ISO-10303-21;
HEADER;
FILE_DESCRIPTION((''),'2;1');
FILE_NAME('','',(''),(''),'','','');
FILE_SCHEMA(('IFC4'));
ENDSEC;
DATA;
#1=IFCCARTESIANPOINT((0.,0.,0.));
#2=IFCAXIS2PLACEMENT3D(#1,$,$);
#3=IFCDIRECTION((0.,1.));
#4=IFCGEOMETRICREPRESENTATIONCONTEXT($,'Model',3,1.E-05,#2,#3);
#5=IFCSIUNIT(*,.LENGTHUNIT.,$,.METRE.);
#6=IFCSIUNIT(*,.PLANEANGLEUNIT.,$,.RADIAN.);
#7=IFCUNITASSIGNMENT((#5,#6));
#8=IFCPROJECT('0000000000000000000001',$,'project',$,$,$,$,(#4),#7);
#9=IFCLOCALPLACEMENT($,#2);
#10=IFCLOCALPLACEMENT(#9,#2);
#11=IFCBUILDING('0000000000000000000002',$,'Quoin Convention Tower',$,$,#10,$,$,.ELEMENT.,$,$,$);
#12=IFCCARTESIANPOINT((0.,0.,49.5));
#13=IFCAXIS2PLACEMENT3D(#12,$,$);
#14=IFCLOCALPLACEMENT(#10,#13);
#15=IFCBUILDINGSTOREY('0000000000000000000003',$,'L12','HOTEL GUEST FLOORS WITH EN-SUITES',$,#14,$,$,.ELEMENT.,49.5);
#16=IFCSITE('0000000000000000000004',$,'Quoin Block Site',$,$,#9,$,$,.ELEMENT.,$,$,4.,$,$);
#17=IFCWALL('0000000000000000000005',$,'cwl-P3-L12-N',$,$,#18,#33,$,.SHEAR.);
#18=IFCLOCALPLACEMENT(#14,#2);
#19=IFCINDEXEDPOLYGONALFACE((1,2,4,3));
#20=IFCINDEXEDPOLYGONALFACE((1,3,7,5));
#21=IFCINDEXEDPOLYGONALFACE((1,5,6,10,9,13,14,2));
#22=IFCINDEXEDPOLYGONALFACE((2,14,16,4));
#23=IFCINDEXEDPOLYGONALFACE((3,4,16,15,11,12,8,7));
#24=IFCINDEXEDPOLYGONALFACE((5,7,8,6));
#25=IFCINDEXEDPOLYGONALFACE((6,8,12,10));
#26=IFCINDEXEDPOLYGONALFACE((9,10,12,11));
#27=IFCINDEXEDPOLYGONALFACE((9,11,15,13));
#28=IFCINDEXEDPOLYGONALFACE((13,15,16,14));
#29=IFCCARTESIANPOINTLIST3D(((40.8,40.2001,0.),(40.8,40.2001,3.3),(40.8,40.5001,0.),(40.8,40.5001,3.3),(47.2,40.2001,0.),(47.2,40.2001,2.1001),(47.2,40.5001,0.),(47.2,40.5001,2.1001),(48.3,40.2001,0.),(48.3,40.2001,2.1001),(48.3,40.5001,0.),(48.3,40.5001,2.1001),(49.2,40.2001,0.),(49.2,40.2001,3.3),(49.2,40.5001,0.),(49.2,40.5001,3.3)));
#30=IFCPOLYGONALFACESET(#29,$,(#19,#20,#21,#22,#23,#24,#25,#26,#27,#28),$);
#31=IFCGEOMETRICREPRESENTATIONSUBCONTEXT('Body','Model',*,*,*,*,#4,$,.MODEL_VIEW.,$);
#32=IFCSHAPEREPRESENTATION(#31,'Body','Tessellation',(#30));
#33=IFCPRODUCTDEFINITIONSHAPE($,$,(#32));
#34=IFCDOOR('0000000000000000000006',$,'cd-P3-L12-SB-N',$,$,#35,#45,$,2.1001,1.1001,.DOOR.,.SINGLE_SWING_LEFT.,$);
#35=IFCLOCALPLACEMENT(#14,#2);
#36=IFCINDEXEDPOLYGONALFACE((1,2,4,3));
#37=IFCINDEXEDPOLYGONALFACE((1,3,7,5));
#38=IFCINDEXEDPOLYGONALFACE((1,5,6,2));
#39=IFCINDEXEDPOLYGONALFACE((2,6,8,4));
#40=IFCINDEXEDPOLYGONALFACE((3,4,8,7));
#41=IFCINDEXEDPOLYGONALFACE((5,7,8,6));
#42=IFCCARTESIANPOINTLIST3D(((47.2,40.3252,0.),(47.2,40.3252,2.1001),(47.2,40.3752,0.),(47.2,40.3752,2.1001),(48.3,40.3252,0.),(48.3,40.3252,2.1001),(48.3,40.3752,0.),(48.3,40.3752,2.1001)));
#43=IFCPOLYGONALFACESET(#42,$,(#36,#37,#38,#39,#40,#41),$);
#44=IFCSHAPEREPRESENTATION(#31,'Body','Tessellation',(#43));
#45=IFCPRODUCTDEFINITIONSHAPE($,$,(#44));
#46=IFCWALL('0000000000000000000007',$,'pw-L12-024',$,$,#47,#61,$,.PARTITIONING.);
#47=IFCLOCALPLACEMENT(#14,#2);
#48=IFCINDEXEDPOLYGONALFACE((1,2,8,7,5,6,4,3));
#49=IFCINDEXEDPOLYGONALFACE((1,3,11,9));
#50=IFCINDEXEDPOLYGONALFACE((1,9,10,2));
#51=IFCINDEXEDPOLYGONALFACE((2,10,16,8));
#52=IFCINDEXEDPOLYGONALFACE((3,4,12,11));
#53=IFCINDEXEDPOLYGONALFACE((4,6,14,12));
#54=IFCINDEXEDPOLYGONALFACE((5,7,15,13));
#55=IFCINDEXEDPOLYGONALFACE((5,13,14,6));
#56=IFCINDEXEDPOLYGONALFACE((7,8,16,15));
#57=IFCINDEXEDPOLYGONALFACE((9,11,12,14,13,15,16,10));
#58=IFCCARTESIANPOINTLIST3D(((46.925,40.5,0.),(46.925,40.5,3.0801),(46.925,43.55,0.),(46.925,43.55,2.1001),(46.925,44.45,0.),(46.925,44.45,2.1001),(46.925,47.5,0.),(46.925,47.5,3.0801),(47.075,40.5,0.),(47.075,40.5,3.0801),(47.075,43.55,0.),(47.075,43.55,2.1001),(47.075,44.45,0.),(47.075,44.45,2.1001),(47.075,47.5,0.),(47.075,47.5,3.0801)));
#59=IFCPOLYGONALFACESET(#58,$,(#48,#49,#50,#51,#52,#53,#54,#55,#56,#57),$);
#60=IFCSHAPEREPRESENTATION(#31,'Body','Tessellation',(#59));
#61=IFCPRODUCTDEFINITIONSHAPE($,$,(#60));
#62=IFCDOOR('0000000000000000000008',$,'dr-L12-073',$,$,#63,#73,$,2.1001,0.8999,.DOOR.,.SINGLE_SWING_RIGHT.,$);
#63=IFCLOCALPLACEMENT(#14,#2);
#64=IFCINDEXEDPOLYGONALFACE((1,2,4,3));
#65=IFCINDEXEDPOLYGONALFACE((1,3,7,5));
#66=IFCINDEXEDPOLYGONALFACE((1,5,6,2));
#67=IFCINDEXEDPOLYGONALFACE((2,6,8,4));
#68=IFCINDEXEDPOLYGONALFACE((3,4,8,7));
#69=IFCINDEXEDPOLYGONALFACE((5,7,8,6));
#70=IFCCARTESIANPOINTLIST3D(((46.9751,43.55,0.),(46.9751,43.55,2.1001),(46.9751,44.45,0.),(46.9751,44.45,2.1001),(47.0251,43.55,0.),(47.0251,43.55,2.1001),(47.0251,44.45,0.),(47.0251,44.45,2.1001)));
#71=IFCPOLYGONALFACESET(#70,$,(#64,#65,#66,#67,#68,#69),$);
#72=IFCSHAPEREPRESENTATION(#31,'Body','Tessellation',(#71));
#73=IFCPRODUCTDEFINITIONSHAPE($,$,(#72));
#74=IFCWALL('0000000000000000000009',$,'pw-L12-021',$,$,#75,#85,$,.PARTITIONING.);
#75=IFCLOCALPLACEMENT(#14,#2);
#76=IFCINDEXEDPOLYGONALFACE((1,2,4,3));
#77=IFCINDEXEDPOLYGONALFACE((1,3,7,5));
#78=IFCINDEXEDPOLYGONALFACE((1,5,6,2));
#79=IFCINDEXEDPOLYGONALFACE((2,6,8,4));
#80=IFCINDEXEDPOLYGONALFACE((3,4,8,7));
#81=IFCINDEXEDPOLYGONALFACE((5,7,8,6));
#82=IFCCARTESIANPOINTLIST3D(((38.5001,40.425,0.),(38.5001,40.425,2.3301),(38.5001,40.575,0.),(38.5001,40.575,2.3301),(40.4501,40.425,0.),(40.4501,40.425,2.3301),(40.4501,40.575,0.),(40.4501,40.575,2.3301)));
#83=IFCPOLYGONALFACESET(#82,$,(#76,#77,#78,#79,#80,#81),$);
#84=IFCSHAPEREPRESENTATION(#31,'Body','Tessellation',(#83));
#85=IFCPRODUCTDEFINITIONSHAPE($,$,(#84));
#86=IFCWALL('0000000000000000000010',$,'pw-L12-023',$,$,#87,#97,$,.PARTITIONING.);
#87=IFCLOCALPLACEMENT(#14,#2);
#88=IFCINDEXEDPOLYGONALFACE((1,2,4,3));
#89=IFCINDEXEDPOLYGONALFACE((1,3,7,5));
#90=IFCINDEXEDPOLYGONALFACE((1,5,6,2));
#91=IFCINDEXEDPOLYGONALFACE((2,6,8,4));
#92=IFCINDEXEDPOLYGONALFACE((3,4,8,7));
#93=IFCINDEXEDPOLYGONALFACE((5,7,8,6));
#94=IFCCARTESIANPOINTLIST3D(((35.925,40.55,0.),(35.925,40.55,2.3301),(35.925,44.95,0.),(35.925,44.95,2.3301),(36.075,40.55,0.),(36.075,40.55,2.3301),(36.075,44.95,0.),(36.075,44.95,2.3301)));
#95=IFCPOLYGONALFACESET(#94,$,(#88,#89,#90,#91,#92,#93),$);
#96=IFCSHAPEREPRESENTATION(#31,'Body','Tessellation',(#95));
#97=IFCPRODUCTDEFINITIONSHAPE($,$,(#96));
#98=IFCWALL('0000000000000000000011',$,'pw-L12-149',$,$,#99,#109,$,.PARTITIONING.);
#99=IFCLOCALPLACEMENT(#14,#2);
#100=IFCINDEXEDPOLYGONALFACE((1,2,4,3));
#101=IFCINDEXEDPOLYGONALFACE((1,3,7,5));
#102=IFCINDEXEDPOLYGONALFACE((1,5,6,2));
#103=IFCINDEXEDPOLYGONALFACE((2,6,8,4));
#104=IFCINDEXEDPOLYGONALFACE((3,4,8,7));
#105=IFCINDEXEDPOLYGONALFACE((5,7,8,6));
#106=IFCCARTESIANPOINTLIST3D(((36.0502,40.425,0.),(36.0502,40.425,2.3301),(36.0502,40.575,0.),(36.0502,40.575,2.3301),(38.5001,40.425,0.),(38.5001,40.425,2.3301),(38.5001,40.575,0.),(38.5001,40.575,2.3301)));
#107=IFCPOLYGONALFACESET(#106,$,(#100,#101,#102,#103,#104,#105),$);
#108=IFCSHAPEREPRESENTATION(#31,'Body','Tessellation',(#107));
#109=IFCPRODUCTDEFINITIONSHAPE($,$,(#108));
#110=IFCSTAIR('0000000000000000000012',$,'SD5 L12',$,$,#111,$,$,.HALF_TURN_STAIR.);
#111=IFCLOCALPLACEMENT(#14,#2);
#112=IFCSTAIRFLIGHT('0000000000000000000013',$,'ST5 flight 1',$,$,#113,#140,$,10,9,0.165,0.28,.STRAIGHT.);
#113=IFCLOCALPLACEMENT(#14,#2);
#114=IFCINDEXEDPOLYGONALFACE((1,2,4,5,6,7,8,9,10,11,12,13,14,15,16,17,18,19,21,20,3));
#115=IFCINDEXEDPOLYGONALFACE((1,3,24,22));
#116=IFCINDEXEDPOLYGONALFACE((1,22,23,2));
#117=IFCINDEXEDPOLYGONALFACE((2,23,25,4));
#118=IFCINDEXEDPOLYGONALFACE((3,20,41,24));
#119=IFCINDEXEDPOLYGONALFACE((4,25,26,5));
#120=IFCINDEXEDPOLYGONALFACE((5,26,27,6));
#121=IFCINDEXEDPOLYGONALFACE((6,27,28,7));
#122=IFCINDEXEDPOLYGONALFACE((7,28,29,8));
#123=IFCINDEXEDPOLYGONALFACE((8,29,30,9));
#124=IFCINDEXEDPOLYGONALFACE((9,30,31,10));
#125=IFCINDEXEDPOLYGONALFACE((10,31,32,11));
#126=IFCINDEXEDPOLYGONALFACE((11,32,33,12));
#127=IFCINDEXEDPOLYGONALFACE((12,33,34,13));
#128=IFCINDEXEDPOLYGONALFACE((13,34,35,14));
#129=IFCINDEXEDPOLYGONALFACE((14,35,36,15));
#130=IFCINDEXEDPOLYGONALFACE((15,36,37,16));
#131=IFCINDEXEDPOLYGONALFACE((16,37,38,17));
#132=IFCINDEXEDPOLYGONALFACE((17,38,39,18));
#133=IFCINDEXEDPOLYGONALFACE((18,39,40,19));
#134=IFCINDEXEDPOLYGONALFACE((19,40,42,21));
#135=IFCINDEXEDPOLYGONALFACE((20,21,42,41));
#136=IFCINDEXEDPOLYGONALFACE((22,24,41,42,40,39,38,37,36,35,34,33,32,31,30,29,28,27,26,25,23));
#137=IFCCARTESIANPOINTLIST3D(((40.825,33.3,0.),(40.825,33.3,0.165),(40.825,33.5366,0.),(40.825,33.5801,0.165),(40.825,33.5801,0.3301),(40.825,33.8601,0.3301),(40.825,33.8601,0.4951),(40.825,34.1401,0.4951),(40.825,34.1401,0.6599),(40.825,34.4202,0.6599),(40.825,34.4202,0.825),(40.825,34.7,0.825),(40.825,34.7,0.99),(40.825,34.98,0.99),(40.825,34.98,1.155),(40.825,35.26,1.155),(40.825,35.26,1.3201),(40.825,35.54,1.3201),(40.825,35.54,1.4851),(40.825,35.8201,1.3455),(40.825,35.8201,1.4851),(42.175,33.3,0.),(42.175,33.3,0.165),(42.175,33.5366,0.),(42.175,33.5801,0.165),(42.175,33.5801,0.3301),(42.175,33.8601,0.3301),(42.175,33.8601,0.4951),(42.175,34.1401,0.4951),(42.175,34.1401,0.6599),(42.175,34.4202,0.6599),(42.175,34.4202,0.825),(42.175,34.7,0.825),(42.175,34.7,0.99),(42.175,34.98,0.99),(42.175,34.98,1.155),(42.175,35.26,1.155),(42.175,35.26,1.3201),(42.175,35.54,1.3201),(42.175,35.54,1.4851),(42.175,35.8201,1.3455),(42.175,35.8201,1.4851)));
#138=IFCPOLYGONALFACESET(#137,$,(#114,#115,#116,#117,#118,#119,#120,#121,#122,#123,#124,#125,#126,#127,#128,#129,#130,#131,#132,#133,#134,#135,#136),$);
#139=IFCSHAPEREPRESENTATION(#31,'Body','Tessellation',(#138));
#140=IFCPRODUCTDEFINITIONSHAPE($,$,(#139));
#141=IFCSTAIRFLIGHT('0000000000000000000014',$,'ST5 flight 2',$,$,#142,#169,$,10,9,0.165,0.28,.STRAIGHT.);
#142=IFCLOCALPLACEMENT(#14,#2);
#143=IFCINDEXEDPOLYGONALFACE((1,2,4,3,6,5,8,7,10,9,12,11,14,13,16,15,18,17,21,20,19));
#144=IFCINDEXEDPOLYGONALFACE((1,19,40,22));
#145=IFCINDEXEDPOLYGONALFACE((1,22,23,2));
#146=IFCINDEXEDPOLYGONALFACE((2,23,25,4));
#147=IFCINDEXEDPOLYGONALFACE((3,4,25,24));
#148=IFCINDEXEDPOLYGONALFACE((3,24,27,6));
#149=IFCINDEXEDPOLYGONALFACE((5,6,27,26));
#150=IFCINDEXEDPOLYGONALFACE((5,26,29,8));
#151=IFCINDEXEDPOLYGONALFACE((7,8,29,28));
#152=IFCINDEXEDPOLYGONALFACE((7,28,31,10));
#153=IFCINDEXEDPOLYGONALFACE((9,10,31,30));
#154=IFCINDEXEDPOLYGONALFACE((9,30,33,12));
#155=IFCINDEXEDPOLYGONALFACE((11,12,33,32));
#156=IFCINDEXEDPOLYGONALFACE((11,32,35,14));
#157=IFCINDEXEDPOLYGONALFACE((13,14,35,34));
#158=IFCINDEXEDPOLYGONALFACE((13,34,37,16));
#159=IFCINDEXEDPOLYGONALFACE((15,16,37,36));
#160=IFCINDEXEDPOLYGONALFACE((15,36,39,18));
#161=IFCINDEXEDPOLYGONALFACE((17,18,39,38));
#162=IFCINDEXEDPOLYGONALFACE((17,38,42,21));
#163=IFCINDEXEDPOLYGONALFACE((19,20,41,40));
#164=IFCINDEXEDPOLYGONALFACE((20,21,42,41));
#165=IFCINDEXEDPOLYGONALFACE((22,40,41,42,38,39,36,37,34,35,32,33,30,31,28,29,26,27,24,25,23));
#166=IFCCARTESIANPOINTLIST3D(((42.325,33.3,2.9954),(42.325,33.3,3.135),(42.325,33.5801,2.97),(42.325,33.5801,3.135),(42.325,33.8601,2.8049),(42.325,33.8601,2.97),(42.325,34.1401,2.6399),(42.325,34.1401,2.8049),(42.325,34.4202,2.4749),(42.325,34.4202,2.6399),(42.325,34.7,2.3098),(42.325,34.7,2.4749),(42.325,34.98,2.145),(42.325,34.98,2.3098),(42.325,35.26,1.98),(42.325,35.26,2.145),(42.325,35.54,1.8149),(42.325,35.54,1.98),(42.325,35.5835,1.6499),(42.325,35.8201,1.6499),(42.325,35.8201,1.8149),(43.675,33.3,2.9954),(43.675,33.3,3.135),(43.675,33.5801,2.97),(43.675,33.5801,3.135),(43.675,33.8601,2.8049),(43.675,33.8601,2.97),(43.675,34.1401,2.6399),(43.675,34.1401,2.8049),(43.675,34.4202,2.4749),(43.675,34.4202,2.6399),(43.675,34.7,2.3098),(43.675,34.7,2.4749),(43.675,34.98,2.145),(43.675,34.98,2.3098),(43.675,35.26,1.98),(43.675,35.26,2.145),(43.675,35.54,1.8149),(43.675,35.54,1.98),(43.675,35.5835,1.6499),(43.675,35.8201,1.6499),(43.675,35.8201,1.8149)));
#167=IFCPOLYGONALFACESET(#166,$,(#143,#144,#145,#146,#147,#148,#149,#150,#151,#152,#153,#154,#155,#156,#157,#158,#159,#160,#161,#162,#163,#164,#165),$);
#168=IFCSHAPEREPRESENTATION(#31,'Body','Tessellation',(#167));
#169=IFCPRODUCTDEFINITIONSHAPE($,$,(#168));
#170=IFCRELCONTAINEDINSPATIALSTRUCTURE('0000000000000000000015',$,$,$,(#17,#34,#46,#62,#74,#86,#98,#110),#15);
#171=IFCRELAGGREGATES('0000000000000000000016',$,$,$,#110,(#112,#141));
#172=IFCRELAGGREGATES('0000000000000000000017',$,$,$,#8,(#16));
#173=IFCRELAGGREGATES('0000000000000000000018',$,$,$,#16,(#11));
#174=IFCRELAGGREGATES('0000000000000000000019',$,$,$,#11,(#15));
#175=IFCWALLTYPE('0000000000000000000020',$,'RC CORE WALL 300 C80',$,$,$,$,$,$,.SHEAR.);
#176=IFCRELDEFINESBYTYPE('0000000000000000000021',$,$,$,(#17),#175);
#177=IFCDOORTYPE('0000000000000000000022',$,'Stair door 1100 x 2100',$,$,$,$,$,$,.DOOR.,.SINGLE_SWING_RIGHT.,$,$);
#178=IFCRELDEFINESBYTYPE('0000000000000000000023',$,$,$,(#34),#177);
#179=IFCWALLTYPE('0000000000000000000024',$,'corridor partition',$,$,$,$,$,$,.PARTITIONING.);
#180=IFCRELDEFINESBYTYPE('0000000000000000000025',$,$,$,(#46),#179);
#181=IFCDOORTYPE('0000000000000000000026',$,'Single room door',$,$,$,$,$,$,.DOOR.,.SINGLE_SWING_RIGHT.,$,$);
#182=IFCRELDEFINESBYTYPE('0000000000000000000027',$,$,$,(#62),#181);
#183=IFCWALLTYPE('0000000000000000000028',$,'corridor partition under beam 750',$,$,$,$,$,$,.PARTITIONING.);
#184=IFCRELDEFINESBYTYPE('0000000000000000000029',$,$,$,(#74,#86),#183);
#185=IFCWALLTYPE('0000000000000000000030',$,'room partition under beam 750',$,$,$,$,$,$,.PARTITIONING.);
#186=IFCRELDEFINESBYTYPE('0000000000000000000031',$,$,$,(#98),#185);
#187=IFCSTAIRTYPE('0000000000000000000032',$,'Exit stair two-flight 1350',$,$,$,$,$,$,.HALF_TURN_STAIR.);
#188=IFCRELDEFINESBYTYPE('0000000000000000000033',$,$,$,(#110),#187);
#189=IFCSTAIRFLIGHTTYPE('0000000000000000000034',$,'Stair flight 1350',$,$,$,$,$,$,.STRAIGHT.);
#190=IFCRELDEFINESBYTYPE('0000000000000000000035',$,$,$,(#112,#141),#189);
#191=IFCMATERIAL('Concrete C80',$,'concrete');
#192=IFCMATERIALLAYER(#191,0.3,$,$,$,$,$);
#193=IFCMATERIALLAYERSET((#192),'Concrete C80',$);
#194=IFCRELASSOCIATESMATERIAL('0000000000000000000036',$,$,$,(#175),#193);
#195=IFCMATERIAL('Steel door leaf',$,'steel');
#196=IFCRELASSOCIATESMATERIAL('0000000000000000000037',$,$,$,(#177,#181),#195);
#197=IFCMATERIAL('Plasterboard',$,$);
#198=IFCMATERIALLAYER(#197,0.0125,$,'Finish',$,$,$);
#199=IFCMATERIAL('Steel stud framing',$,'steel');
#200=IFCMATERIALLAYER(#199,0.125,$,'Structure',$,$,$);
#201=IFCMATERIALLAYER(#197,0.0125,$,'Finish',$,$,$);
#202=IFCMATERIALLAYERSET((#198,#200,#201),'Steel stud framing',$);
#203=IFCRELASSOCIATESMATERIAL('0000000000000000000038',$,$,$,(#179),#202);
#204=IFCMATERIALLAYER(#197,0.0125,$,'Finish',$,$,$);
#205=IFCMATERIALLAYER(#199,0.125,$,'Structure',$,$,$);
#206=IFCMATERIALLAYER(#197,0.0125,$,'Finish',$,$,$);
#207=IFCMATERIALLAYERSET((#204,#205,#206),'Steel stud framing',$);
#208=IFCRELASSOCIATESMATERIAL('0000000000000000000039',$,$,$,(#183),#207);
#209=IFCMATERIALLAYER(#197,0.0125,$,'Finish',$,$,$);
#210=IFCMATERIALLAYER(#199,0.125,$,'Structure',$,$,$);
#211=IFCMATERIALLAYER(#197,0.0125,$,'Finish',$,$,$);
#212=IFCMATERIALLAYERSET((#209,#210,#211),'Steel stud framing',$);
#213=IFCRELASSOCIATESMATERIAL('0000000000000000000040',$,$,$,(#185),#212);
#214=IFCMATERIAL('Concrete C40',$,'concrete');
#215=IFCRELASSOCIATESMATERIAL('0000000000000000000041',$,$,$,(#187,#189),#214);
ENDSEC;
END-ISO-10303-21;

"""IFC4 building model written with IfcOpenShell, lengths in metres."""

from ifc_helpers import new_model, si_unit, direction, frame, frame_2d, origin, place, context, subcontext, project, spatial, polyline, rectangle, outline, extrude, material, layer, layer_set, type_object, element, fill, aggregate, save


model = new_model("IFC4")

# Units and contexts
model_context = context("Model", 3, precision=1e-05, world=origin(), true_north=direction((0.0, 1.0)))
body_context = subcontext(model_context, "Body", "Model", "MODEL_VIEW")
ifc_project = project(units=[si_unit("LENGTHUNIT", "METRE"), si_unit("PLANEANGLEUNIT", "RADIAN")], contexts=[model_context])

# Site, building, storey
site_placement = place(None, origin())
site = spatial("IfcSite", under=ifc_project, at=site_placement, Name="Quoin Block Site", CompositionType="ELEMENT", RefElevation=4.0)
building_placement = place(site_placement, origin())
building = spatial("IfcBuilding", under=site, at=building_placement, Name="Quoin Convention Tower", CompositionType="ELEMENT")
storey_placement = place(building_placement, frame((0.0, 0.0, 49.5)))
storey = spatial("IfcBuildingStorey", under=building, at=storey_placement, Name="L12", Description="HOTEL GUEST FLOORS WITH EN-SUITES", CompositionType="ELEMENT", Elevation=49.5)

# Shared definitions
ifc_material_1 = material(Name="Concrete C80", Category="concrete")

# Walls, openings, doors
ifc_layer_1 = layer(ifc_material_1, 0.3)
ifc_layer_set_1 = layer_set([ifc_layer_1], Name="Concrete C80")
wall_type_1 = type_object("IfcWallType", Name="RC CORE WALL 300 C80", PredefinedType="SHEAR", material=ifc_layer_set_1)
wall_1_placement = place(storey_placement, frame((40.8, 40.3501, 0.0), z_axis=(0.0, 0.0, 1.0), x_axis=(1.0, 0.0, 0.0)))
wall_1 = element("IfcWall", 1, at=wall_1_placement, inside=storey, type_object=wall_type_1, Name="cwl-P3-L12-N", PredefinedType="SHEAR", context=body_context, shape_type="SweptSolid", body=[
    extrude(rectangle(XDim=8.3999, YDim=0.3, at=frame_2d((4.2, 0.0))), origin(), (0.0, 0.0, 1.0), 3.3),
])
opening_1_placement = place(wall_1_placement, frame((6.3999, 0.0, 0.0)))
opening_1 = element("IfcOpeningElement", 2, at=opening_1_placement, cuts=wall_1, PredefinedType="OPENING", context=body_context, shape_type="SweptSolid", body=[
    extrude(rectangle(XDim=1.1001, YDim=2.1001, at=frame_2d((0.55, 1.05))), frame((0.0, 0.1599, 0.0), z_axis=(0.0, -1.0, 0.0), x_axis=(1.0, 0.0, 0.0)), (0.0, 0.0, 1.0), 0.3201),
])
ifc_material_2 = material(Name="Steel door leaf", Category="steel")
door_type_1 = type_object("IfcDoorType", Name="Stair door 1100 x 2100", OperationType="SINGLE_SWING_RIGHT", PredefinedType="DOOR", material=ifc_material_2)
door_1_placement = place(opening_1_placement, frame((1.1001, 0.0, 0.0), z_axis=(0.0, 0.0, 1.0), x_axis=(-1.0, 0.0, 0.0)))
door_1 = element("IfcDoor", 3, at=door_1_placement, inside=storey, type_object=door_type_1, Name="cd-P3-L12-SB-N", OperationType="SINGLE_SWING_LEFT", OverallHeight=2.1001, OverallWidth=1.1001, PredefinedType="DOOR", context=body_context, shape_type="SweptSolid", body=[
    extrude(rectangle(XDim=1.1001, YDim=2.1001, at=frame_2d((0.55, 1.05))), frame((0.0, 0.0249, 0.0), z_axis=(0.0, -1.0, 0.0), x_axis=(1.0, 0.0, 0.0)), (0.0, 0.0, 1.0), 0.05),
])
fill(opening_1, door_1)
ifc_material_3 = material(Name="Plasterboard")
ifc_layer_2 = layer(ifc_material_3, 0.0125, Name="Finish")
ifc_material_4 = material(Name="Steel stud framing", Category="steel")
ifc_layer_3 = layer(ifc_material_4, 0.125, Name="Structure")
ifc_layer_4 = layer(ifc_material_3, 0.0125, Name="Finish")
ifc_layer_set_2 = layer_set([ifc_layer_2, ifc_layer_3, ifc_layer_4], Name="Steel stud framing")
wall_type_2 = type_object("IfcWallType", Name="corridor partition", PredefinedType="PARTITIONING", material=ifc_layer_set_2)
wall_2_placement = place(storey_placement, frame((47.0, 40.5, 0.0), z_axis=(0.0, 0.0, 1.0), x_axis=(0.0, 1.0, 0.0)))
wall_2 = element("IfcWall", 4, at=wall_2_placement, inside=storey, type_object=wall_type_2, Name="pw-L12-024", PredefinedType="PARTITIONING", context=body_context, shape_type="SweptSolid", body=[
    extrude(rectangle(XDim=7.0, YDim=0.1499, at=frame_2d((3.5, 0.0))), origin(), (0.0, 0.0, 1.0), 3.0801),
])
opening_2_placement = place(wall_2_placement, frame((3.05, 0.0, 0.0)))
opening_2 = element("IfcOpeningElement", 5, at=opening_2_placement, cuts=wall_2, PredefinedType="OPENING", context=body_context, shape_type="SweptSolid", body=[
    extrude(rectangle(XDim=0.8999, YDim=2.1001, at=frame_2d((0.45, 1.05))), frame((0.0, 0.085, 0.0), z_axis=(0.0, -1.0, 0.0), x_axis=(1.0, 0.0, 0.0)), (0.0, 0.0, 1.0), 0.1699),
])
door_type_2 = type_object("IfcDoorType", Name="Single room door", OperationType="SINGLE_SWING_RIGHT", PredefinedType="DOOR", material=ifc_material_2)
door_2_placement = place(opening_2_placement, origin())
door_2 = element("IfcDoor", 6, at=door_2_placement, inside=storey, type_object=door_type_2, Name="dr-L12-073", OperationType="SINGLE_SWING_RIGHT", OverallHeight=2.1001, OverallWidth=0.8999, PredefinedType="DOOR", context=body_context, shape_type="SweptSolid", body=[
    extrude(rectangle(XDim=0.8999, YDim=2.1001, at=frame_2d((0.45, 1.05))), frame((0.0, 0.0249, 0.0), z_axis=(0.0, -1.0, 0.0), x_axis=(1.0, 0.0, 0.0)), (0.0, 0.0, 1.0), 0.05),
])
fill(opening_2, door_2)

# Walls
ifc_layer_5 = layer(ifc_material_3, 0.0125, Name="Finish")
ifc_layer_6 = layer(ifc_material_4, 0.125, Name="Structure")
ifc_layer_7 = layer(ifc_material_3, 0.0125, Name="Finish")
ifc_layer_set_3 = layer_set([ifc_layer_5, ifc_layer_6, ifc_layer_7], Name="Steel stud framing")
wall_type_3 = type_object("IfcWallType", Name="corridor partition under beam 750", PredefinedType="PARTITIONING", material=ifc_layer_set_3)
wall_3_placement = place(storey_placement, frame((38.5, 40.5, 0.0), z_axis=(0.0, 0.0, 1.0), x_axis=(1.0, 0.0, 0.0)))
element("IfcWall", 7, at=wall_3_placement, inside=storey, type_object=wall_type_3, Name="pw-L12-021", PredefinedType="PARTITIONING", context=body_context, shape_type="SweptSolid", body=[
    extrude(rectangle(XDim=1.95, YDim=0.1499, at=frame_2d((0.9751, 0.0))), origin(), (0.0, 0.0, 1.0), 2.3301),
])
wall_4_placement = place(storey_placement, frame((36.0, 40.55, 0.0), z_axis=(0.0, 0.0, 1.0), x_axis=(0.0, 1.0, 0.0)))
element("IfcWall", 8, at=wall_4_placement, inside=storey, type_object=wall_type_3, Name="pw-L12-023", PredefinedType="PARTITIONING", context=body_context, shape_type="SweptSolid", body=[
    extrude(rectangle(XDim=4.3999, YDim=0.1499, at=frame_2d((2.2, 0.0))), origin(), (0.0, 0.0, 1.0), 2.3301),
])
ifc_layer_8 = layer(ifc_material_3, 0.0125, Name="Finish")
ifc_layer_9 = layer(ifc_material_4, 0.125, Name="Structure")
ifc_layer_10 = layer(ifc_material_3, 0.0125, Name="Finish")
ifc_layer_set_4 = layer_set([ifc_layer_8, ifc_layer_9, ifc_layer_10], Name="Steel stud framing")
wall_type_4 = type_object("IfcWallType", Name="room partition under beam 750", PredefinedType="PARTITIONING", material=ifc_layer_set_4)
wall_5_placement = place(storey_placement, frame((36.05, 40.5, 0.0), z_axis=(0.0, 0.0, 1.0), x_axis=(1.0, 0.0, 0.0)))
element("IfcWall", 9, at=wall_5_placement, inside=storey, type_object=wall_type_4, Name="pw-L12-149", PredefinedType="PARTITIONING", context=body_context, shape_type="SweptSolid", body=[
    extrude(rectangle(XDim=2.45, YDim=0.1499, at=frame_2d((1.2251, 0.0))), origin(), (0.0, 0.0, 1.0), 2.3301),
])

# Stair, stair flights
ifc_material_5 = material(Name="Concrete C40", Category="concrete")
stair_type = type_object("IfcStairType", Name="Exit stair two-flight 1350", PredefinedType="HALF_TURN_STAIR", material=ifc_material_5)
stair_1_placement = place(storey_placement, origin())
stair_1 = element("IfcStair", 10, at=stair_1_placement, inside=storey, type_object=stair_type, Name="SD5 L12", PredefinedType="HALF_TURN_STAIR")
stair_flight_type = type_object("IfcStairFlightType", Name="Stair flight 1350", PredefinedType="STRAIGHT", material=ifc_material_5)
stair_flight_1_placement = place(storey_placement, frame((41.5, 33.3, 0.0), z_axis=(0.0, 0.0, 1.0), x_axis=(0.0, 1.0, 0.0)))
stair_flight_1 = element("IfcStairFlight", 11, at=stair_flight_1_placement, type_object=stair_flight_type, Name="ST5 flight 1", NumberOfRisers=10, NumberOfTreads=9, PredefinedType="STRAIGHT", RiserHeight=0.165, TreadLength=0.28, context=body_context, shape_type="SweptSolid", body=[
    extrude(outline(polyline([(0.0, 0.0), (0.0, 0.165), (0.28, 0.165), (0.28, 0.3301), (0.5601, 0.3301), (0.5601, 0.4951), (0.8401, 0.4951), (0.8401, 0.6599), (1.1201, 0.6599), (1.1201, 0.825), (1.3999, 0.825), (1.3999, 0.99), (1.6799, 0.99), (1.6799, 1.155), (1.96, 1.155), (1.96, 1.3201), (2.24, 1.3201), (2.24, 1.4851), (2.52, 1.4851), (2.52, 1.6499), (2.52, 1.3455), (0.2366, 0.0), (0.0, 0.0)])), frame((0.0, 0.675, 0.0), z_axis=(0.0, -1.0, 0.0), x_axis=(1.0, 0.0, 0.0)), (0.0, 0.0, 1.0), 1.3501),
])
stair_flight_2_placement = place(storey_placement, frame((43.0, 35.8201, 1.6499), z_axis=(0.0, 0.0, 1.0), x_axis=(0.0, -1.0, 0.0)))
stair_flight_2 = element("IfcStairFlight", 12, at=stair_flight_2_placement, type_object=stair_flight_type, Name="ST5 flight 2", NumberOfRisers=10, NumberOfTreads=9, PredefinedType="STRAIGHT", RiserHeight=0.165, TreadLength=0.28, context=body_context, shape_type="SweptSolid", body=[
    extrude(outline(polyline([(0.0, 0.0), (0.0, 0.165), (0.28, 0.165), (0.28, 0.3301), (0.5601, 0.3301), (0.5601, 0.4951), (0.8401, 0.4951), (0.8401, 0.6599), (1.1201, 0.6599), (1.1201, 0.825), (1.3999, 0.825), (1.3999, 0.99), (1.6799, 0.99), (1.6799, 1.155), (1.96, 1.155), (1.96, 1.3201), (2.24, 1.3201), (2.24, 1.4851), (2.52, 1.4851), (2.52, 1.6499), (2.52, 1.3455), (0.2366, 0.0), (0.0, 0.0)])), frame((0.0, 0.675, 0.0), z_axis=(0.0, -1.0, 0.0), x_axis=(1.0, 0.0, 0.0)), (0.0, 0.0, 1.0), 1.3501),
])
aggregate(stair_1, [stair_flight_1, stair_flight_2])

save(model, "model.ifc")
